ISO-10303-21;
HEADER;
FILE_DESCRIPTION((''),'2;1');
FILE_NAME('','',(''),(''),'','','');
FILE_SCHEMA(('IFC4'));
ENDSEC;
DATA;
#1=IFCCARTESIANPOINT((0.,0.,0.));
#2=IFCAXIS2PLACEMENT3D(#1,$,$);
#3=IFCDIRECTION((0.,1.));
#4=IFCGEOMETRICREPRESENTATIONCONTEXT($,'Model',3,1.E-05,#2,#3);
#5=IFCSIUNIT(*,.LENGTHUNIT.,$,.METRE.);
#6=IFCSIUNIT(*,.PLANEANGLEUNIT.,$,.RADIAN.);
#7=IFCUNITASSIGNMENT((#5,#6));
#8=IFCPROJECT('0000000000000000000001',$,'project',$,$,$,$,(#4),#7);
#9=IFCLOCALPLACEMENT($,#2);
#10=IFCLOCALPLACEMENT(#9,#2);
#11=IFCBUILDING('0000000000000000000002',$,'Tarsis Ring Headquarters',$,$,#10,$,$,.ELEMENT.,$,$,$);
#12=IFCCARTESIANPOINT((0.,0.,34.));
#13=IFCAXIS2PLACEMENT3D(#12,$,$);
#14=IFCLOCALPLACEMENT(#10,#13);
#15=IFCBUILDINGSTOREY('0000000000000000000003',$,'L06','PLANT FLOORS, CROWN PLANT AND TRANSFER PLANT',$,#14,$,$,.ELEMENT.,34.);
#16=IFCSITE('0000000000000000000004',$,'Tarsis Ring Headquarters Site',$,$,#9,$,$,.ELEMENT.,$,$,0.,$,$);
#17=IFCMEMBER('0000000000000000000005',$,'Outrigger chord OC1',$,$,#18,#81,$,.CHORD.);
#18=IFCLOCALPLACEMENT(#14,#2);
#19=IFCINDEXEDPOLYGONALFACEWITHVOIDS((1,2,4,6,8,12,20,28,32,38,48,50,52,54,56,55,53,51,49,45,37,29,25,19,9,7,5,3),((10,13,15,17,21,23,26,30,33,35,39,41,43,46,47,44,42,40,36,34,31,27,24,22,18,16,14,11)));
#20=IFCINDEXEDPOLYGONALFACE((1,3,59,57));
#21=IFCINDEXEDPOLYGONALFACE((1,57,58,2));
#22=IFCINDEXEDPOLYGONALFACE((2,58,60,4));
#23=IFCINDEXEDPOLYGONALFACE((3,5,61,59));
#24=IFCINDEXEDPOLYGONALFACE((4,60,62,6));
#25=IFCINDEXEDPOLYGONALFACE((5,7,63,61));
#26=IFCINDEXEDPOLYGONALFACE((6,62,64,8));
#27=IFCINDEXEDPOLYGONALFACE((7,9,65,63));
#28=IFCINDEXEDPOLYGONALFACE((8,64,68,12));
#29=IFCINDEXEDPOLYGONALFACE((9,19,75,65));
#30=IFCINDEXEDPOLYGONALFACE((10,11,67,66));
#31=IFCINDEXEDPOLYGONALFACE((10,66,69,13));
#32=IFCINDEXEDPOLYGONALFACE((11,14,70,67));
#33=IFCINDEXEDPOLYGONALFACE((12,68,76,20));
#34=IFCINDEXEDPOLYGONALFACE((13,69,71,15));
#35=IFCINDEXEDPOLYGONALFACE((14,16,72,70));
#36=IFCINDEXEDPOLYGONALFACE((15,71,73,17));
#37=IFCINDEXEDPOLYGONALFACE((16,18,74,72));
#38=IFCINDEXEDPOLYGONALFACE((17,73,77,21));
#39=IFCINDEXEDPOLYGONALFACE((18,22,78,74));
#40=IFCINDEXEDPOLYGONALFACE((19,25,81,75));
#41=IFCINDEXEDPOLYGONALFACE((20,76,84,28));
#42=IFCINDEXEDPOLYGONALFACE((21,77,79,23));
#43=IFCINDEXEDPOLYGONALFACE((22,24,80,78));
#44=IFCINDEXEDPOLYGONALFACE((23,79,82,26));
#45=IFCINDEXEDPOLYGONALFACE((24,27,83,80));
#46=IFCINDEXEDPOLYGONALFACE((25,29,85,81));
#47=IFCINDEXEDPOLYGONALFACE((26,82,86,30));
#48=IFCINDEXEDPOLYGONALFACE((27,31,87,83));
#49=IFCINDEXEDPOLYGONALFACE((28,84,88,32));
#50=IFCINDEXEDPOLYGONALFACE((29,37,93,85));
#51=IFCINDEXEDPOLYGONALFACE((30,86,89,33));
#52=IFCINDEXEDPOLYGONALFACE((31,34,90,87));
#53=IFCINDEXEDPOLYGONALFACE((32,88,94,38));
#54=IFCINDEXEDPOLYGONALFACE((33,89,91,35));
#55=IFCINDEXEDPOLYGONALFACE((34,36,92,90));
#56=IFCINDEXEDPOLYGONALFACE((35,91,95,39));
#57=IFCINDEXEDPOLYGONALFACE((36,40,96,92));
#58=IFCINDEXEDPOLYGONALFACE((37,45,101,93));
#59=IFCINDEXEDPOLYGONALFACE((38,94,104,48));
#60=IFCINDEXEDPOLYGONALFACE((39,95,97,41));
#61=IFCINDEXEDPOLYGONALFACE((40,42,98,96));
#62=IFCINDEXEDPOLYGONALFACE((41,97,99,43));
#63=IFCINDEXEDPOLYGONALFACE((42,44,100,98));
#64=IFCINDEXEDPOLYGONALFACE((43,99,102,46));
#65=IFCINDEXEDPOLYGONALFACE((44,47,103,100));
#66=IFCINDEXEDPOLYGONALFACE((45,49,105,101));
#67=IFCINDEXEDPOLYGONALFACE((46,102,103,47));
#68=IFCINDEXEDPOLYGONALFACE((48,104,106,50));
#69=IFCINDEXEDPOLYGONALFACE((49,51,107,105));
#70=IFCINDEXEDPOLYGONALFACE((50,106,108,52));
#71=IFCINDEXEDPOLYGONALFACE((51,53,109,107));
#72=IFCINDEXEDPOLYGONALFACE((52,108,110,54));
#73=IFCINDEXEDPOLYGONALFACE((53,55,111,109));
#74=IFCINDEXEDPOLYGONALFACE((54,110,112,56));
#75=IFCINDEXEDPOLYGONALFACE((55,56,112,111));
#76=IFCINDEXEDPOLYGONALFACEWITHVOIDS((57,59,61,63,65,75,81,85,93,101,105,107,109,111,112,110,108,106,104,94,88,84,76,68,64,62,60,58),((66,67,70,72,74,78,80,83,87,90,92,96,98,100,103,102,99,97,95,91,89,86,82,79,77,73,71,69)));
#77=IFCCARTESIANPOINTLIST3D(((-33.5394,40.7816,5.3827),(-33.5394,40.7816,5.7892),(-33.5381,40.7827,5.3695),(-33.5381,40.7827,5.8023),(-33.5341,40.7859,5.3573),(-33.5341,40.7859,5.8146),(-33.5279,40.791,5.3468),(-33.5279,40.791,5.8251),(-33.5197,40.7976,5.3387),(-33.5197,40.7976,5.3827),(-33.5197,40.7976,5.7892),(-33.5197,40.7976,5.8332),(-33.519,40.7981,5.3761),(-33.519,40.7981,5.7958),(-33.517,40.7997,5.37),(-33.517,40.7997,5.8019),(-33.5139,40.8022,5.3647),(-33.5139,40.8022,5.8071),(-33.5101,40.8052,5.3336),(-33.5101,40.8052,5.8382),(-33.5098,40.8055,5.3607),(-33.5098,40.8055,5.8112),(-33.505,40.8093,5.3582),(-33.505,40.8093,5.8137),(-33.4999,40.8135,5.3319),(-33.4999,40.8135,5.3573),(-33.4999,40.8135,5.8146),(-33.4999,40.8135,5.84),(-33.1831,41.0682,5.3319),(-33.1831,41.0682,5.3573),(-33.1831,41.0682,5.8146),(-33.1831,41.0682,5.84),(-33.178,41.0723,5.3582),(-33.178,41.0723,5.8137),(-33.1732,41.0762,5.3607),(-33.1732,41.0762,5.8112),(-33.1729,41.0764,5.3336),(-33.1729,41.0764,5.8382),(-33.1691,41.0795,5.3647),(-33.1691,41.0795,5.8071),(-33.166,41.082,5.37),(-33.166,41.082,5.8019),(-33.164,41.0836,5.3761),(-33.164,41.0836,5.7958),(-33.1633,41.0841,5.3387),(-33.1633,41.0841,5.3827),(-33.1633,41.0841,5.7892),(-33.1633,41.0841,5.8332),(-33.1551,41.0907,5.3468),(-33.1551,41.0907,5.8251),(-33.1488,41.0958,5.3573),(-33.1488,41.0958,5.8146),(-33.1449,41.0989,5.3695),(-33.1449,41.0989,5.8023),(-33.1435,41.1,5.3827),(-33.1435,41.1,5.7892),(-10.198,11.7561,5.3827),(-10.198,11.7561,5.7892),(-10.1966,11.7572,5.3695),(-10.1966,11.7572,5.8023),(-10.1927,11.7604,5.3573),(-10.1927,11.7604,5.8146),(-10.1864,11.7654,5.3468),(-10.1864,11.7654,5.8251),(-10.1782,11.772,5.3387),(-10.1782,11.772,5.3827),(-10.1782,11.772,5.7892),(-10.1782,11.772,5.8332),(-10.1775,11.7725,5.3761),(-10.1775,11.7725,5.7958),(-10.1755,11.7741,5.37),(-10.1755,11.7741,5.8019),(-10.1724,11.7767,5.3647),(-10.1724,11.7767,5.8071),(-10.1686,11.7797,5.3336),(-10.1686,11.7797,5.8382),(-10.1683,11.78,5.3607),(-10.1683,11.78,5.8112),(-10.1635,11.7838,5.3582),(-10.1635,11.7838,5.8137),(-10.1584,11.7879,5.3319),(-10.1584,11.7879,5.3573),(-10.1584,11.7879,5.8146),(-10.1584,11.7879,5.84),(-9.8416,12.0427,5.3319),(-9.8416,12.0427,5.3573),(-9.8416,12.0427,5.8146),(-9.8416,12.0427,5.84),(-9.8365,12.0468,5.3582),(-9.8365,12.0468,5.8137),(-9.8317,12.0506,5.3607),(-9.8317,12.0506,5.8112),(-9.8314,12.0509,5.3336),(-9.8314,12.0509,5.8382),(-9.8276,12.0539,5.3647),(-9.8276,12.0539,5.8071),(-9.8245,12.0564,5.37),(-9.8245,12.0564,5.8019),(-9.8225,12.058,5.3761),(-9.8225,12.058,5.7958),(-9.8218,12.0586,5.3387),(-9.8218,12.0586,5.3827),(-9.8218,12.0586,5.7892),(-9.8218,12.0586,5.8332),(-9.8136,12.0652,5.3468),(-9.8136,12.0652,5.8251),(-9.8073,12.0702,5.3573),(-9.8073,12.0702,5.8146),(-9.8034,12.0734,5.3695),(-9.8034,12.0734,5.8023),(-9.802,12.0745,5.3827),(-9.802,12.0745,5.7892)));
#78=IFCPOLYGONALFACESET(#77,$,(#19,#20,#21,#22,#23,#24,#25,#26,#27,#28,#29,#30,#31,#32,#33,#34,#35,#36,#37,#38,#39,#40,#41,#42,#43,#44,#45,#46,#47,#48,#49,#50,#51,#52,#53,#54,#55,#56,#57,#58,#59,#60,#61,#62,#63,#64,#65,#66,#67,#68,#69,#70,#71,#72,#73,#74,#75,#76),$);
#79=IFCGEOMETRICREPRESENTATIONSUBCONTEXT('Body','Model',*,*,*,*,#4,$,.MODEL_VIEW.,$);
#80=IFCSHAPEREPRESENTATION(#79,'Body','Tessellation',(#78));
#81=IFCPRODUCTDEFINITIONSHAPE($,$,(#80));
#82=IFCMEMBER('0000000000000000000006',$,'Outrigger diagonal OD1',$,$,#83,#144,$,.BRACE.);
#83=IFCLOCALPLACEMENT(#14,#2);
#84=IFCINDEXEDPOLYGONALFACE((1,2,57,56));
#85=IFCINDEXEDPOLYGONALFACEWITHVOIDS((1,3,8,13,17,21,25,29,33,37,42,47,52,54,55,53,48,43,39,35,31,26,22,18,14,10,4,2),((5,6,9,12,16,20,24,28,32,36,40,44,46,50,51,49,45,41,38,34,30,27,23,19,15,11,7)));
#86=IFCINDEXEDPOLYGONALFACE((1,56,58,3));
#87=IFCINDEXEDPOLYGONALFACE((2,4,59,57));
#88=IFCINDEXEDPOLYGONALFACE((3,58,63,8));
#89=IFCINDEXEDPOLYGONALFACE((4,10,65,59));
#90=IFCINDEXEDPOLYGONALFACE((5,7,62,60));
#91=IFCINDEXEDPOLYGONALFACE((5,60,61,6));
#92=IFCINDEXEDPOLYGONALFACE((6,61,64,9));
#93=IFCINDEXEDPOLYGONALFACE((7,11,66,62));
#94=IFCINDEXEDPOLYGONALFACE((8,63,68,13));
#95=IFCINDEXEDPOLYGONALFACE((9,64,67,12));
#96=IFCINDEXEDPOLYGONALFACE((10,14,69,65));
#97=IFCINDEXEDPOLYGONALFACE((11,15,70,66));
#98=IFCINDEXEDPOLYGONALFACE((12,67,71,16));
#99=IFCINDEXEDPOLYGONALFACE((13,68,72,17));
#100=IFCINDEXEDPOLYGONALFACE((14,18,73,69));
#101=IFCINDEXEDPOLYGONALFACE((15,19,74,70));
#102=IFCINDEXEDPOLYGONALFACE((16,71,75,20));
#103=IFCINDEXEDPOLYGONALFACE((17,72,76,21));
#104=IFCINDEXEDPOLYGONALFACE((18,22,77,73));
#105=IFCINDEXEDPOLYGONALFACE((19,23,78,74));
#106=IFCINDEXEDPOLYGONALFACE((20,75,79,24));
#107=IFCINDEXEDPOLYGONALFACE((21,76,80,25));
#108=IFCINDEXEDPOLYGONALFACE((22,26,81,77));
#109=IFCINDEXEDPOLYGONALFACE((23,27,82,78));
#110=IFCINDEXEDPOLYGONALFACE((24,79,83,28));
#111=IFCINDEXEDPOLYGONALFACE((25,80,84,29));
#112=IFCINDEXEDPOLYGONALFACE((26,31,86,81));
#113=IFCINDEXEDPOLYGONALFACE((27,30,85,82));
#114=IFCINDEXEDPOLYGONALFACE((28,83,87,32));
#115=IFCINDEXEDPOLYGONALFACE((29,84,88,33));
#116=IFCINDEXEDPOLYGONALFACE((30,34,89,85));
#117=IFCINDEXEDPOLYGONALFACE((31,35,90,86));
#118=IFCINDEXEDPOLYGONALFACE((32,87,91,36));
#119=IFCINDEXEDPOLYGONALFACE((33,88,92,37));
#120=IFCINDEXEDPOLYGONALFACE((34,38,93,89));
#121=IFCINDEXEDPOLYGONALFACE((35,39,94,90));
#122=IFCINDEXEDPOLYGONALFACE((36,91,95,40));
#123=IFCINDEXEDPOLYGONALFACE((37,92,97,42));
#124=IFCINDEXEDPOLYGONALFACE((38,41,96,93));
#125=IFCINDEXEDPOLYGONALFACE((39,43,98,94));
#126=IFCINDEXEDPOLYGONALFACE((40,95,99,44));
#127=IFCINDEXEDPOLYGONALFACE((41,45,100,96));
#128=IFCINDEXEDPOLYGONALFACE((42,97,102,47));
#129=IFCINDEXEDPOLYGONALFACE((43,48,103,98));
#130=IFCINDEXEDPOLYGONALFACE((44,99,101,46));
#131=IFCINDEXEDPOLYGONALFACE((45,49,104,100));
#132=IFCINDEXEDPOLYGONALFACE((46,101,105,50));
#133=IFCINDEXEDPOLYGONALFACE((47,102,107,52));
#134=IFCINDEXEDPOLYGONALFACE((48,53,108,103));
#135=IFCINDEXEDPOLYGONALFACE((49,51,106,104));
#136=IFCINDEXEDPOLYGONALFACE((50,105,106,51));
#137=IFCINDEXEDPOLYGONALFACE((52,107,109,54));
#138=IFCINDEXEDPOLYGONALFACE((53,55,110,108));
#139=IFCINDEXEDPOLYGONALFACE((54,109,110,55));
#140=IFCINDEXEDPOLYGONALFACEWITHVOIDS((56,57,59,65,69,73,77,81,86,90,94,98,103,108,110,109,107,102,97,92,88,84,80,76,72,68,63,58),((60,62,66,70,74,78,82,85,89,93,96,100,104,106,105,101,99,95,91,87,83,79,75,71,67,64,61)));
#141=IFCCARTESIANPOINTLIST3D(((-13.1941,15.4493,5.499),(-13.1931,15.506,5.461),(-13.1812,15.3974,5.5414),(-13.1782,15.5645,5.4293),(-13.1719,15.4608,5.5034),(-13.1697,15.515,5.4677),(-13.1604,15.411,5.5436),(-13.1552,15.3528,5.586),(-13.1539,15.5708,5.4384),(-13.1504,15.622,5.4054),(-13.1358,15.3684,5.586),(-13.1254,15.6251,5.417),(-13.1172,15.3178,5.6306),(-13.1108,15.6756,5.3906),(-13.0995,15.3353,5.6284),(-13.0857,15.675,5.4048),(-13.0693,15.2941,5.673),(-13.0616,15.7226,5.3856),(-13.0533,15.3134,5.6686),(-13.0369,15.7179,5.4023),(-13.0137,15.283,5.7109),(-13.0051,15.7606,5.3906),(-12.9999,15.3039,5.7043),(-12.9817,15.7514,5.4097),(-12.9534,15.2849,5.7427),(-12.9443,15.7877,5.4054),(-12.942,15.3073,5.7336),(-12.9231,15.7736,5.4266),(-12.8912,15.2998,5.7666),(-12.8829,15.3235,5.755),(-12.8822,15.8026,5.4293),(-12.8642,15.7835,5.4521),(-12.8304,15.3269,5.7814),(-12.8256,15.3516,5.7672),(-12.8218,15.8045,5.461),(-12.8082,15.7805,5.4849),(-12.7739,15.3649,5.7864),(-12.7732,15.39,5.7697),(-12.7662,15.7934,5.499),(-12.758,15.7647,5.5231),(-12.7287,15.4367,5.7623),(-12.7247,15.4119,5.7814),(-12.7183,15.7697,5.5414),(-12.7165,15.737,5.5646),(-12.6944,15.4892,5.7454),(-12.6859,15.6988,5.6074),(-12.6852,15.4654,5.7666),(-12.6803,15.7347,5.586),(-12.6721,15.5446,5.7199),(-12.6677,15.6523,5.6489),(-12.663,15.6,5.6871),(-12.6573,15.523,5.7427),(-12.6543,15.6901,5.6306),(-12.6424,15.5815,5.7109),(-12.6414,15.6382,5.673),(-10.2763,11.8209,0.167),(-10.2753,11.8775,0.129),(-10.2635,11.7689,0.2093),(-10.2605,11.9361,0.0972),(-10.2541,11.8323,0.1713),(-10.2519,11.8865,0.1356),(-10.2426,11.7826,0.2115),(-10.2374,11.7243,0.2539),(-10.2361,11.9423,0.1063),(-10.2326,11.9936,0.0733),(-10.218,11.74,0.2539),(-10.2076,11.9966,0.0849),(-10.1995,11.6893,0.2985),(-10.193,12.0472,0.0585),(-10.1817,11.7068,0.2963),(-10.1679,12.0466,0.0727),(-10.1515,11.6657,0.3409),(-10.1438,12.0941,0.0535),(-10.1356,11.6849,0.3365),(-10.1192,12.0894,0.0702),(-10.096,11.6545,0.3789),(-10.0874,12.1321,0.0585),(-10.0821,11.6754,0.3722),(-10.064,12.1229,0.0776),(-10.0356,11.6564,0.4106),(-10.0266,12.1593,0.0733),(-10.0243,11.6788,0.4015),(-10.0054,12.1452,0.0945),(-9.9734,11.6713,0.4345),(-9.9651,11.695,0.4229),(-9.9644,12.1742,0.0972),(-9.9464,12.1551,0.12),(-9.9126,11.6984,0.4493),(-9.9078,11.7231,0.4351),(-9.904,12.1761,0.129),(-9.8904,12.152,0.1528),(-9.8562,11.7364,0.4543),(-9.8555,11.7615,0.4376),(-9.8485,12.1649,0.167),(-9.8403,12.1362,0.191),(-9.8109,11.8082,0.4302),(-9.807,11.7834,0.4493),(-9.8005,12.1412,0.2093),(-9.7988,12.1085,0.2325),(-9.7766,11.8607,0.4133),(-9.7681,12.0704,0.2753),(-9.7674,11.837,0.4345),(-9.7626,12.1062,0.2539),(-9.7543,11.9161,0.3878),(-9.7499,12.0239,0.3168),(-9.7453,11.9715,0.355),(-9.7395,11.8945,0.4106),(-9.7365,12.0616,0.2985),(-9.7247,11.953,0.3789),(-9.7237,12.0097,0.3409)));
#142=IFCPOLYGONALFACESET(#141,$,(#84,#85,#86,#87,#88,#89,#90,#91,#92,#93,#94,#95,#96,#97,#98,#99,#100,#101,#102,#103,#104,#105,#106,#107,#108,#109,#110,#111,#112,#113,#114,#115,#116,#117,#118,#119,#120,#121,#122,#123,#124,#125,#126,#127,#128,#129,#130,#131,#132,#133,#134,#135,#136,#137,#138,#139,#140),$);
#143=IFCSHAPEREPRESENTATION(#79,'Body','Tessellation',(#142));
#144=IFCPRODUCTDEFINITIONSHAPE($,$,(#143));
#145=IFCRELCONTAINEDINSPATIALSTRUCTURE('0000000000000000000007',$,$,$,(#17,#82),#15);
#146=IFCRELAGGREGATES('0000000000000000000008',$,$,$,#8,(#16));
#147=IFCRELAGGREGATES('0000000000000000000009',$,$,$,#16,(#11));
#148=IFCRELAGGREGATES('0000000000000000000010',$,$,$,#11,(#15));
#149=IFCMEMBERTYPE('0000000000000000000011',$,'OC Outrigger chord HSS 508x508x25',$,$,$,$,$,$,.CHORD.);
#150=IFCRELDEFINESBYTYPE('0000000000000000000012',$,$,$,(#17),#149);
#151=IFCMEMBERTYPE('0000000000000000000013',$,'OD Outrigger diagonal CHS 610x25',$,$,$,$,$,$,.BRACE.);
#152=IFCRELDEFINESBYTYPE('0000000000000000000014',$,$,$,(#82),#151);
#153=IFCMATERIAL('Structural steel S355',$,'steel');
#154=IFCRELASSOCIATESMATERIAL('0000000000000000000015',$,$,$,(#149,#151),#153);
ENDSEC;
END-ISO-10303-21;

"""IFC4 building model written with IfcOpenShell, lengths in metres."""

from ifc_helpers import new_model, si_unit, direction, frame, origin, origin_2d, place, context, subcontext, project, spatial, hollow_rectangle, hollow_circle, extrude, material, material_profile, profile_set, type_object, element, save


model = new_model("IFC4")

# Units and contexts
model_context = context("Model", 3, precision=1e-05, world=origin(), true_north=direction((0.0, 1.0)))
body_context = subcontext(model_context, "Body", "Model", "MODEL_VIEW")
ifc_project = project(units=[si_unit("LENGTHUNIT", "METRE"), si_unit("PLANEANGLEUNIT", "RADIAN")], contexts=[model_context])

# Site, building, storey
site_placement = place(None, origin())
site = spatial("IfcSite", under=ifc_project, at=site_placement, Name="Tarsis Ring Headquarters Site", CompositionType="ELEMENT", RefElevation=0.0)
building_placement = place(site_placement, origin())
building = spatial("IfcBuilding", under=site, at=building_placement, Name="Tarsis Ring Headquarters", CompositionType="ELEMENT")
storey_placement = place(building_placement, frame((0.0, 0.0, 34.0)))
storey = spatial("IfcBuildingStorey", under=building, at=storey_placement, Name="L06", Description="PLANT FLOORS, CROWN PLANT AND TRANSFER PLANT", CompositionType="ELEMENT", Elevation=34.0)

# Shared definitions
ifc_material_1 = material(Name="Structural steel S355", Category="steel")

# Members
ifc_material_profile_1 = material_profile(ifc_material_1, hollow_rectangle(XDim=0.5081, YDim=0.5081, WallThickness=0.0254, InnerFilletRadius=0.0254, OuterFilletRadius=0.0508, at=origin_2d()), Name="HSS 508x508x25")
ifc_profile_set_1 = profile_set([ifc_material_profile_1], Name="Structural steel S355")
member_type_1 = type_object("IfcMemberType", Name="OC Outrigger chord HSS 508x508x25", PredefinedType="CHORD", material=ifc_profile_set_1)
member_1_placement = place(storey_placement, frame((-10.0, 11.9153, 5.5859), z_axis=(-0.626675, 0.779281, 0.0), x_axis=(-0.779281, -0.626675, 0.0)))
element("IfcMember", 1, at=member_1_placement, inside=storey, type_object=member_type_1, Name="Outrigger chord OC1", PredefinedType="CHORD", context=body_context, shape_type="SweptSolid", body=[
    extrude(hollow_rectangle(XDim=0.5081, YDim=0.5081, WallThickness=0.0254, InnerFilletRadius=0.0254, OuterFilletRadius=0.0508, at=origin_2d()), origin(), (0.0, 0.0, 1.0), 37.2466),
])
ifc_material_profile_2 = material_profile(ifc_material_1, hollow_circle(Radius=0.3047, WallThickness=0.0249, at=origin_2d()), Name="CHS 610x25")
ifc_profile_set_2 = profile_set([ifc_material_profile_2], Name="Structural steel S355")
member_type_2 = type_object("IfcMemberType", Name="OD Outrigger diagonal CHS 610x25", PredefinedType="BRACE", material=ifc_profile_set_2)
member_2_placement = place(storey_placement, frame((-10.0, 11.9153, 0.2539), z_axis=(-0.412179, 0.512577, 0.753242), x_axis=(-0.779296, -0.626656, 0.0)))
element("IfcMember", 2, at=member_2_placement, inside=storey, type_object=member_type_2, Name="Outrigger diagonal OD1", PredefinedType="BRACE", context=body_context, shape_type="SweptSolid", body=[
    extrude(hollow_circle(Radius=0.3047, WallThickness=0.0249, at=origin_2d()), origin(), (0.0, 0.0, 1.0), 7.0789),
])

save(model, "model.ifc")
